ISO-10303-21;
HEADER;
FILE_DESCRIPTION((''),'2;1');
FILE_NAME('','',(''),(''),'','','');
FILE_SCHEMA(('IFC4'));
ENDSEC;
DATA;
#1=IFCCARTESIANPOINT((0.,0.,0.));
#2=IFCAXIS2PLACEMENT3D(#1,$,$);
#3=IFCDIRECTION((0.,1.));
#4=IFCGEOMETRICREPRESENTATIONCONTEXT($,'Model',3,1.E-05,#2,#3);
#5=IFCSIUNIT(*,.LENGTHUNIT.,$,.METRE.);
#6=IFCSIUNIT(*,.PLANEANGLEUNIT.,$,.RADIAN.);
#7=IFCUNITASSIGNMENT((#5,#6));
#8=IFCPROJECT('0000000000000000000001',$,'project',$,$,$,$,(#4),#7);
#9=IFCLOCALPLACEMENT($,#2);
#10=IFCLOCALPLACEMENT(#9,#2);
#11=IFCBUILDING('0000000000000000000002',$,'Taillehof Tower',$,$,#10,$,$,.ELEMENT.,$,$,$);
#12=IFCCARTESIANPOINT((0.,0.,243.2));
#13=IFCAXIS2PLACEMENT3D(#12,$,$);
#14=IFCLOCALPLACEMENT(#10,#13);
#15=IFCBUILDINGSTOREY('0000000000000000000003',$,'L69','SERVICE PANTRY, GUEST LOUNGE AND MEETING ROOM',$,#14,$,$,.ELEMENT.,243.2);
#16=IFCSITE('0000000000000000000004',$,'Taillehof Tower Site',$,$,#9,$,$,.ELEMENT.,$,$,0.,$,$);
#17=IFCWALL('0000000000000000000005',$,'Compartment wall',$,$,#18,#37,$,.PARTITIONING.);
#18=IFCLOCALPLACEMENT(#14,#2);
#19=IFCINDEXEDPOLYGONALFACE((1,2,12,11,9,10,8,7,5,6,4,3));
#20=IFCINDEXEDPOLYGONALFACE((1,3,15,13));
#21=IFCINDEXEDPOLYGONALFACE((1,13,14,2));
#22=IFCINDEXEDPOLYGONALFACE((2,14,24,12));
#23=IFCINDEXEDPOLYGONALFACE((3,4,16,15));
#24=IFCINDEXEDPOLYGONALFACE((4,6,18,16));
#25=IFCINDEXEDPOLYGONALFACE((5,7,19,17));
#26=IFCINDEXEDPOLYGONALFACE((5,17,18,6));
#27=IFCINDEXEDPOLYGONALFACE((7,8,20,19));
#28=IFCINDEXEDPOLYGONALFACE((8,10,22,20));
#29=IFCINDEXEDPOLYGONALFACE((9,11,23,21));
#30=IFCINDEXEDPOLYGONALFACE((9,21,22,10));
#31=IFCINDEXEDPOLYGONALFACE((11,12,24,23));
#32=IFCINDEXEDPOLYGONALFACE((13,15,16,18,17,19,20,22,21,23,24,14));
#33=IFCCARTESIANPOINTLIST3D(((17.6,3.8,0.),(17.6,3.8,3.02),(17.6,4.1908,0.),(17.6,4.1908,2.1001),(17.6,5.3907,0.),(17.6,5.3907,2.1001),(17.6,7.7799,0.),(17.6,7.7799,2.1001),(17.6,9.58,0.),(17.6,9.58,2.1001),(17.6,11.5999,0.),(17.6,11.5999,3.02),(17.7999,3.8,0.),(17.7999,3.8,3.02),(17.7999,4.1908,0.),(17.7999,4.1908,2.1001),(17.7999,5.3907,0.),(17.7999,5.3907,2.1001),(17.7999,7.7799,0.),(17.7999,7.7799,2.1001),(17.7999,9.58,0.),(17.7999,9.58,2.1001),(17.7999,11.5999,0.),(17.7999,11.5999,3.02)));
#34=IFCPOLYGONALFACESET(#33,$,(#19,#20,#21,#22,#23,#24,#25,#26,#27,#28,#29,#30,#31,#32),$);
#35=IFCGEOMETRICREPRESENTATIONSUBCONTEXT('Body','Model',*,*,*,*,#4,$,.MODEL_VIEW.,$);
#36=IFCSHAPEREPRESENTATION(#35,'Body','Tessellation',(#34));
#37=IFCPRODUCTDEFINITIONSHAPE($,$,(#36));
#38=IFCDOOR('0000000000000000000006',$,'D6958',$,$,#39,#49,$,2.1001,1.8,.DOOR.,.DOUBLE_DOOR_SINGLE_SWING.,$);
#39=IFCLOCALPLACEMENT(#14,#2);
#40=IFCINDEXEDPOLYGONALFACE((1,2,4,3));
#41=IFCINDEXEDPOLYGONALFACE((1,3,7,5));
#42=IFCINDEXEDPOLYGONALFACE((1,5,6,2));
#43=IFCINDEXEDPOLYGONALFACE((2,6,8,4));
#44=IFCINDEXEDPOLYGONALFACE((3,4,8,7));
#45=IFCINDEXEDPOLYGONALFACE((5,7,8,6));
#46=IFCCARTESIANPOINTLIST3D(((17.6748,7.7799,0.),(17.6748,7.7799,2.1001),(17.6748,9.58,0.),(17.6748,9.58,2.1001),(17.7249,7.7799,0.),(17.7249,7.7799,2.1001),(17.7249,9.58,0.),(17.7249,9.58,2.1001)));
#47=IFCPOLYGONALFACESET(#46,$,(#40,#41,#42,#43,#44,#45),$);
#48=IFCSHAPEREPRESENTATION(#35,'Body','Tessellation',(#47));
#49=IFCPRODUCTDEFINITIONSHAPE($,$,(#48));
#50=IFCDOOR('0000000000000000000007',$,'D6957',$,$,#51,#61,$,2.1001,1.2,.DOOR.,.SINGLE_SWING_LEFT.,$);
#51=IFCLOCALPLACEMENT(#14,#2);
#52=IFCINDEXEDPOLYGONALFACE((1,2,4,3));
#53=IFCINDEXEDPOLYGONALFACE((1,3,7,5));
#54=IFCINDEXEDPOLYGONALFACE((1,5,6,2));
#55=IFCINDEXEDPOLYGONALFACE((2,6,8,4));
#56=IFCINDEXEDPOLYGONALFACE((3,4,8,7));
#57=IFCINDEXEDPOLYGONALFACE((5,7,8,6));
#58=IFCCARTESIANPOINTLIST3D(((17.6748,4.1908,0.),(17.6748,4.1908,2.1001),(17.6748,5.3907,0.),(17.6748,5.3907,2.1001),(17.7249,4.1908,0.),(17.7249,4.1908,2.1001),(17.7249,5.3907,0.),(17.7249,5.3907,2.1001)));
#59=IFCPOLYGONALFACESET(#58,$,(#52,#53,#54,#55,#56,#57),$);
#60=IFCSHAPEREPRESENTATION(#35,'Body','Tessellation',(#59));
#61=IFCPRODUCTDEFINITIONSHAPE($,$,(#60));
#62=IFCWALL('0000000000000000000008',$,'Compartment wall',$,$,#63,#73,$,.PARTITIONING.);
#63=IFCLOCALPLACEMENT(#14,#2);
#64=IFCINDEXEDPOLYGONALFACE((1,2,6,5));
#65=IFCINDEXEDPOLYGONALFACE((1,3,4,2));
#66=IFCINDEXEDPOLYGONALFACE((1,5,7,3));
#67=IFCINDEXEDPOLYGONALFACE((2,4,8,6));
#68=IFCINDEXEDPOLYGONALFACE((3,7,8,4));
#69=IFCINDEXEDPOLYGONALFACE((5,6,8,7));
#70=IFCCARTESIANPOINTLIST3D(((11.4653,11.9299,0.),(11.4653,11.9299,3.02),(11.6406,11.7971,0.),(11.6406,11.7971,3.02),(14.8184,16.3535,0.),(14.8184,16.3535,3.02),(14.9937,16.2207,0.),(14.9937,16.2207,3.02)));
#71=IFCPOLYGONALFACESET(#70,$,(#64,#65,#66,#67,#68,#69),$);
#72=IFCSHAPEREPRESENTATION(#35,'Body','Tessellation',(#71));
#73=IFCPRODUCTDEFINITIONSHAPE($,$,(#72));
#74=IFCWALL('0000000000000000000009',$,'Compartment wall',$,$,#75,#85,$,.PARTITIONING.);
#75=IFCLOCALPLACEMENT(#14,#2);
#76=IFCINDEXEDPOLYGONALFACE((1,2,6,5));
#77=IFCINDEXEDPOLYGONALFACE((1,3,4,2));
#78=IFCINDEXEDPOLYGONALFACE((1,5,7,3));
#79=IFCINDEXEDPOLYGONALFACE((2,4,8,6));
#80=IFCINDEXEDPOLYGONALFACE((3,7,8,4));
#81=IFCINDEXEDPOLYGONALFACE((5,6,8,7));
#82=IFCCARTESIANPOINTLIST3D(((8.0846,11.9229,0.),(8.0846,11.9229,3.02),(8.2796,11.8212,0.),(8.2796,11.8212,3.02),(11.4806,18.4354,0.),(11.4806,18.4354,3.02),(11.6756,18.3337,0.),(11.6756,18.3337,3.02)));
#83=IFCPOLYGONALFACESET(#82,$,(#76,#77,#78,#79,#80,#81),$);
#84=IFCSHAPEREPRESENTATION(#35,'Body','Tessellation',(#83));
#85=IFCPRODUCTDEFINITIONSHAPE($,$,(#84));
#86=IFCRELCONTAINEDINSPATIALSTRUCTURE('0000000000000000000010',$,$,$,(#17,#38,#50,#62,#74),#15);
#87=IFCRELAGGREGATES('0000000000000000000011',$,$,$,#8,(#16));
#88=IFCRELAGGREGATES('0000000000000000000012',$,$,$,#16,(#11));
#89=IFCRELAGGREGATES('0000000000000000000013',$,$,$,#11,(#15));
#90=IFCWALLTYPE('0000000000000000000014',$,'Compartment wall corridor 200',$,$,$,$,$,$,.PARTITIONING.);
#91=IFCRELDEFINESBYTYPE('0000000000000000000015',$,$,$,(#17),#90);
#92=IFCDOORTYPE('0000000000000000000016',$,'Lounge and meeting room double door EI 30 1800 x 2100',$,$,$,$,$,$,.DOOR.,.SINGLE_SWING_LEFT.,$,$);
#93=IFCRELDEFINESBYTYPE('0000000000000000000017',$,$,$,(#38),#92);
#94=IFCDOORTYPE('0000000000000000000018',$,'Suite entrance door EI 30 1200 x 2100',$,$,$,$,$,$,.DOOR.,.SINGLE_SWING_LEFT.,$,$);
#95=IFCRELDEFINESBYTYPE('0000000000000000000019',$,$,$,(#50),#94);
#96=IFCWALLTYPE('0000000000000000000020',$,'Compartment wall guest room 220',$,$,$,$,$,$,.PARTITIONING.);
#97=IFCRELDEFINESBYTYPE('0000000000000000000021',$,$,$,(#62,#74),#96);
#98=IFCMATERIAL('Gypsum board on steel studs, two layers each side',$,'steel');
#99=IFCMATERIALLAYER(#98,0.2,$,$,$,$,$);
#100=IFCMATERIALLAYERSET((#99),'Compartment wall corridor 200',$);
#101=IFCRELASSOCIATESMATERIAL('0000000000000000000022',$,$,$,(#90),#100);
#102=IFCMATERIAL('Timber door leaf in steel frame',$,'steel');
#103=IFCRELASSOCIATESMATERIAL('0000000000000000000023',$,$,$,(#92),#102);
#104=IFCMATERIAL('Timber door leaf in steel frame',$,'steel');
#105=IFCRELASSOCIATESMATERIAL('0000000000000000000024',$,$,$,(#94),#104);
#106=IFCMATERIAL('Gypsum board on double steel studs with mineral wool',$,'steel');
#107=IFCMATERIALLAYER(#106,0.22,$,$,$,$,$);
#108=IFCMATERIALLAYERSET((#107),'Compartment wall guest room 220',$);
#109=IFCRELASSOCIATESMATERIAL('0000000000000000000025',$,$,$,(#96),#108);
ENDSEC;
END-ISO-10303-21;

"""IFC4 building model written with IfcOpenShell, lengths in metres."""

from ifc_helpers import new_model, si_unit, direction, frame, frame_2d, origin, place, context, subcontext, project, spatial, rectangle, extrude, material, layer, layer_set, type_object, element, fill, save


model = new_model("IFC4")

# Units and contexts
model_context = context("Model", 3, precision=1e-05, world=origin(), true_north=direction((0.0, 1.0)))
body_context = subcontext(model_context, "Body", "Model", "MODEL_VIEW")
ifc_project = project(units=[si_unit("LENGTHUNIT", "METRE"), si_unit("PLANEANGLEUNIT", "RADIAN")], contexts=[model_context])

# Site, building, storey
site_placement = place(None, origin())
site = spatial("IfcSite", under=ifc_project, at=site_placement, Name="Taillehof Tower Site", CompositionType="ELEMENT", RefElevation=0.0)
building_placement = place(site_placement, origin())
building = spatial("IfcBuilding", under=site, at=building_placement, Name="Taillehof Tower", CompositionType="ELEMENT")
storey_placement = place(building_placement, frame((0.0, 0.0, 243.2)))
storey = spatial("IfcBuildingStorey", under=building, at=storey_placement, Name="L69", Description="SERVICE PANTRY, GUEST LOUNGE AND MEETING ROOM", CompositionType="ELEMENT", Elevation=243.2)

# Shared definitions
ifc_material_1 = material(Name="Gypsum board on steel studs, two layers each side", Category="steel")
ifc_layer_1 = layer(ifc_material_1, 0.2)
ifc_layer_set_1 = layer_set([ifc_layer_1], Name="Compartment wall corridor 200")
wall_type_1 = type_object("IfcWallType", Name="Compartment wall corridor 200", PredefinedType="PARTITIONING", material=ifc_layer_set_1)

# Wall, openings, doors
wall_1_placement = place(storey_placement, frame((17.7, 11.5999, 0.0), z_axis=(0.0, 0.0, 1.0), x_axis=(0.0, -1.0, 0.0)))
wall_1 = element("IfcWall", 1, at=wall_1_placement, inside=storey, type_object=wall_type_1, Name="Compartment wall", PredefinedType="PARTITIONING", context=body_context, shape_type="SweptSolid", body=[
    extrude(rectangle(XDim=7.7998, YDim=0.2, at=frame_2d((3.8999, 0.0))), origin(), (0.0, 0.0, 1.0), 3.02),
])
opening_1_placement = place(wall_1_placement, frame((6.209, 0.0, 0.0)))
opening_1 = element("IfcOpeningElement", 2, at=opening_1_placement, cuts=wall_1, PredefinedType="OPENING", context=body_context, shape_type="SweptSolid", body=[
    extrude(rectangle(XDim=1.2, YDim=2.1001, at=frame_2d((0.6001, 1.05))), frame((0.0, 0.1099, 0.0), z_axis=(0.0, -1.0, 0.0), x_axis=(1.0, 0.0, 0.0)), (0.0, 0.0, 1.0), 0.22),
])
opening_2_placement = place(wall_1_placement, frame((2.02, 0.0, 0.0)))
opening_2 = element("IfcOpeningElement", 3, at=opening_2_placement, cuts=wall_1, PredefinedType="OPENING", context=body_context, shape_type="SweptSolid", body=[
    extrude(rectangle(XDim=1.8, YDim=2.1001, at=frame_2d((0.8999, 1.05))), frame((0.0, 0.1099, 0.0), z_axis=(0.0, -1.0, 0.0), x_axis=(1.0, 0.0, 0.0)), (0.0, 0.0, 1.0), 0.22),
])
ifc_material_2 = material(Name="Timber door leaf in steel frame", Category="steel")
door_type_1 = type_object("IfcDoorType", Name="Lounge and meeting room double door EI 30 1800 x 2100", OperationType="SINGLE_SWING_LEFT", PredefinedType="DOOR", material=ifc_material_2)
door_1_placement = place(opening_2_placement, origin())
door_1 = element("IfcDoor", 4, at=door_1_placement, inside=storey, type_object=door_type_1, Name="D6958", OperationType="DOUBLE_DOOR_SINGLE_SWING", OverallHeight=2.1001, OverallWidth=1.8, PredefinedType="DOOR", context=body_context, shape_type="SweptSolid", body=[
    extrude(rectangle(XDim=1.8, YDim=2.1001, at=frame_2d((0.8999, 1.05))), frame((0.0, 0.0249, 0.0), z_axis=(0.0, -1.0, 0.0), x_axis=(1.0, 0.0, 0.0)), (0.0, 0.0, 1.0), 0.05),
])
fill(opening_2, door_1)
ifc_material_3 = material(Name="Timber door leaf in steel frame", Category="steel")
door_type_2 = type_object("IfcDoorType", Name="Suite entrance door EI 30 1200 x 2100", OperationType="SINGLE_SWING_LEFT", PredefinedType="DOOR", material=ifc_material_3)
door_2_placement = place(opening_1_placement, origin())
door_2 = element("IfcDoor", 5, at=door_2_placement, inside=storey, type_object=door_type_2, Name="D6957", OperationType="SINGLE_SWING_LEFT", OverallHeight=2.1001, OverallWidth=1.2, PredefinedType="DOOR", context=body_context, shape_type="SweptSolid", body=[
    extrude(rectangle(XDim=1.2, YDim=2.1001, at=frame_2d((0.6001, 1.05))), frame((0.0, 0.0249, 0.0), z_axis=(0.0, -1.0, 0.0), x_axis=(1.0, 0.0, 0.0)), (0.0, 0.0, 1.0), 0.05),
])
fill(opening_1, door_2)

# Walls
ifc_material_4 = material(Name="Gypsum board on double steel studs with mineral wool", Category="steel")
ifc_layer_2 = layer(ifc_material_4, 0.22)
ifc_layer_set_2 = layer_set([ifc_layer_2], Name="Compartment wall guest room 220")
wall_type_2 = type_object("IfcWallType", Name="Compartment wall guest room 220", PredefinedType="PARTITIONING", material=ifc_layer_set_2)
wall_2_placement = place(storey_placement, frame((14.906, 16.2871, 0.0), z_axis=(0.0, 0.0, 1.0), x_axis=(-0.604067, -0.796934, 0.0)))
element("IfcWall", 6, at=wall_2_placement, inside=storey, type_object=wall_type_2, Name="Compartment wall", PredefinedType="PARTITIONING", context=body_context, shape_type="SweptSolid", body=[
    extrude(rectangle(XDim=5.5508, YDim=0.22, at=frame_2d((2.7754, 0.0))), origin(), (0.0, 0.0, 1.0), 3.02),
])
wall_3_placement = place(storey_placement, frame((11.5781, 18.3845, 0.0), z_axis=(0.0, 0.0, 1.0), x_axis=(-0.462373, -0.886686, 0.0)))
element("IfcWall", 7, at=wall_3_placement, inside=storey, type_object=wall_type_2, Name="Compartment wall", PredefinedType="PARTITIONING", context=body_context, shape_type="SweptSolid", body=[
    extrude(rectangle(XDim=7.3447, YDim=0.22, at=frame_2d((3.6724, 0.0))), origin(), (0.0, 0.0, 1.0), 3.02),
])

save(model, "model.ifc")
